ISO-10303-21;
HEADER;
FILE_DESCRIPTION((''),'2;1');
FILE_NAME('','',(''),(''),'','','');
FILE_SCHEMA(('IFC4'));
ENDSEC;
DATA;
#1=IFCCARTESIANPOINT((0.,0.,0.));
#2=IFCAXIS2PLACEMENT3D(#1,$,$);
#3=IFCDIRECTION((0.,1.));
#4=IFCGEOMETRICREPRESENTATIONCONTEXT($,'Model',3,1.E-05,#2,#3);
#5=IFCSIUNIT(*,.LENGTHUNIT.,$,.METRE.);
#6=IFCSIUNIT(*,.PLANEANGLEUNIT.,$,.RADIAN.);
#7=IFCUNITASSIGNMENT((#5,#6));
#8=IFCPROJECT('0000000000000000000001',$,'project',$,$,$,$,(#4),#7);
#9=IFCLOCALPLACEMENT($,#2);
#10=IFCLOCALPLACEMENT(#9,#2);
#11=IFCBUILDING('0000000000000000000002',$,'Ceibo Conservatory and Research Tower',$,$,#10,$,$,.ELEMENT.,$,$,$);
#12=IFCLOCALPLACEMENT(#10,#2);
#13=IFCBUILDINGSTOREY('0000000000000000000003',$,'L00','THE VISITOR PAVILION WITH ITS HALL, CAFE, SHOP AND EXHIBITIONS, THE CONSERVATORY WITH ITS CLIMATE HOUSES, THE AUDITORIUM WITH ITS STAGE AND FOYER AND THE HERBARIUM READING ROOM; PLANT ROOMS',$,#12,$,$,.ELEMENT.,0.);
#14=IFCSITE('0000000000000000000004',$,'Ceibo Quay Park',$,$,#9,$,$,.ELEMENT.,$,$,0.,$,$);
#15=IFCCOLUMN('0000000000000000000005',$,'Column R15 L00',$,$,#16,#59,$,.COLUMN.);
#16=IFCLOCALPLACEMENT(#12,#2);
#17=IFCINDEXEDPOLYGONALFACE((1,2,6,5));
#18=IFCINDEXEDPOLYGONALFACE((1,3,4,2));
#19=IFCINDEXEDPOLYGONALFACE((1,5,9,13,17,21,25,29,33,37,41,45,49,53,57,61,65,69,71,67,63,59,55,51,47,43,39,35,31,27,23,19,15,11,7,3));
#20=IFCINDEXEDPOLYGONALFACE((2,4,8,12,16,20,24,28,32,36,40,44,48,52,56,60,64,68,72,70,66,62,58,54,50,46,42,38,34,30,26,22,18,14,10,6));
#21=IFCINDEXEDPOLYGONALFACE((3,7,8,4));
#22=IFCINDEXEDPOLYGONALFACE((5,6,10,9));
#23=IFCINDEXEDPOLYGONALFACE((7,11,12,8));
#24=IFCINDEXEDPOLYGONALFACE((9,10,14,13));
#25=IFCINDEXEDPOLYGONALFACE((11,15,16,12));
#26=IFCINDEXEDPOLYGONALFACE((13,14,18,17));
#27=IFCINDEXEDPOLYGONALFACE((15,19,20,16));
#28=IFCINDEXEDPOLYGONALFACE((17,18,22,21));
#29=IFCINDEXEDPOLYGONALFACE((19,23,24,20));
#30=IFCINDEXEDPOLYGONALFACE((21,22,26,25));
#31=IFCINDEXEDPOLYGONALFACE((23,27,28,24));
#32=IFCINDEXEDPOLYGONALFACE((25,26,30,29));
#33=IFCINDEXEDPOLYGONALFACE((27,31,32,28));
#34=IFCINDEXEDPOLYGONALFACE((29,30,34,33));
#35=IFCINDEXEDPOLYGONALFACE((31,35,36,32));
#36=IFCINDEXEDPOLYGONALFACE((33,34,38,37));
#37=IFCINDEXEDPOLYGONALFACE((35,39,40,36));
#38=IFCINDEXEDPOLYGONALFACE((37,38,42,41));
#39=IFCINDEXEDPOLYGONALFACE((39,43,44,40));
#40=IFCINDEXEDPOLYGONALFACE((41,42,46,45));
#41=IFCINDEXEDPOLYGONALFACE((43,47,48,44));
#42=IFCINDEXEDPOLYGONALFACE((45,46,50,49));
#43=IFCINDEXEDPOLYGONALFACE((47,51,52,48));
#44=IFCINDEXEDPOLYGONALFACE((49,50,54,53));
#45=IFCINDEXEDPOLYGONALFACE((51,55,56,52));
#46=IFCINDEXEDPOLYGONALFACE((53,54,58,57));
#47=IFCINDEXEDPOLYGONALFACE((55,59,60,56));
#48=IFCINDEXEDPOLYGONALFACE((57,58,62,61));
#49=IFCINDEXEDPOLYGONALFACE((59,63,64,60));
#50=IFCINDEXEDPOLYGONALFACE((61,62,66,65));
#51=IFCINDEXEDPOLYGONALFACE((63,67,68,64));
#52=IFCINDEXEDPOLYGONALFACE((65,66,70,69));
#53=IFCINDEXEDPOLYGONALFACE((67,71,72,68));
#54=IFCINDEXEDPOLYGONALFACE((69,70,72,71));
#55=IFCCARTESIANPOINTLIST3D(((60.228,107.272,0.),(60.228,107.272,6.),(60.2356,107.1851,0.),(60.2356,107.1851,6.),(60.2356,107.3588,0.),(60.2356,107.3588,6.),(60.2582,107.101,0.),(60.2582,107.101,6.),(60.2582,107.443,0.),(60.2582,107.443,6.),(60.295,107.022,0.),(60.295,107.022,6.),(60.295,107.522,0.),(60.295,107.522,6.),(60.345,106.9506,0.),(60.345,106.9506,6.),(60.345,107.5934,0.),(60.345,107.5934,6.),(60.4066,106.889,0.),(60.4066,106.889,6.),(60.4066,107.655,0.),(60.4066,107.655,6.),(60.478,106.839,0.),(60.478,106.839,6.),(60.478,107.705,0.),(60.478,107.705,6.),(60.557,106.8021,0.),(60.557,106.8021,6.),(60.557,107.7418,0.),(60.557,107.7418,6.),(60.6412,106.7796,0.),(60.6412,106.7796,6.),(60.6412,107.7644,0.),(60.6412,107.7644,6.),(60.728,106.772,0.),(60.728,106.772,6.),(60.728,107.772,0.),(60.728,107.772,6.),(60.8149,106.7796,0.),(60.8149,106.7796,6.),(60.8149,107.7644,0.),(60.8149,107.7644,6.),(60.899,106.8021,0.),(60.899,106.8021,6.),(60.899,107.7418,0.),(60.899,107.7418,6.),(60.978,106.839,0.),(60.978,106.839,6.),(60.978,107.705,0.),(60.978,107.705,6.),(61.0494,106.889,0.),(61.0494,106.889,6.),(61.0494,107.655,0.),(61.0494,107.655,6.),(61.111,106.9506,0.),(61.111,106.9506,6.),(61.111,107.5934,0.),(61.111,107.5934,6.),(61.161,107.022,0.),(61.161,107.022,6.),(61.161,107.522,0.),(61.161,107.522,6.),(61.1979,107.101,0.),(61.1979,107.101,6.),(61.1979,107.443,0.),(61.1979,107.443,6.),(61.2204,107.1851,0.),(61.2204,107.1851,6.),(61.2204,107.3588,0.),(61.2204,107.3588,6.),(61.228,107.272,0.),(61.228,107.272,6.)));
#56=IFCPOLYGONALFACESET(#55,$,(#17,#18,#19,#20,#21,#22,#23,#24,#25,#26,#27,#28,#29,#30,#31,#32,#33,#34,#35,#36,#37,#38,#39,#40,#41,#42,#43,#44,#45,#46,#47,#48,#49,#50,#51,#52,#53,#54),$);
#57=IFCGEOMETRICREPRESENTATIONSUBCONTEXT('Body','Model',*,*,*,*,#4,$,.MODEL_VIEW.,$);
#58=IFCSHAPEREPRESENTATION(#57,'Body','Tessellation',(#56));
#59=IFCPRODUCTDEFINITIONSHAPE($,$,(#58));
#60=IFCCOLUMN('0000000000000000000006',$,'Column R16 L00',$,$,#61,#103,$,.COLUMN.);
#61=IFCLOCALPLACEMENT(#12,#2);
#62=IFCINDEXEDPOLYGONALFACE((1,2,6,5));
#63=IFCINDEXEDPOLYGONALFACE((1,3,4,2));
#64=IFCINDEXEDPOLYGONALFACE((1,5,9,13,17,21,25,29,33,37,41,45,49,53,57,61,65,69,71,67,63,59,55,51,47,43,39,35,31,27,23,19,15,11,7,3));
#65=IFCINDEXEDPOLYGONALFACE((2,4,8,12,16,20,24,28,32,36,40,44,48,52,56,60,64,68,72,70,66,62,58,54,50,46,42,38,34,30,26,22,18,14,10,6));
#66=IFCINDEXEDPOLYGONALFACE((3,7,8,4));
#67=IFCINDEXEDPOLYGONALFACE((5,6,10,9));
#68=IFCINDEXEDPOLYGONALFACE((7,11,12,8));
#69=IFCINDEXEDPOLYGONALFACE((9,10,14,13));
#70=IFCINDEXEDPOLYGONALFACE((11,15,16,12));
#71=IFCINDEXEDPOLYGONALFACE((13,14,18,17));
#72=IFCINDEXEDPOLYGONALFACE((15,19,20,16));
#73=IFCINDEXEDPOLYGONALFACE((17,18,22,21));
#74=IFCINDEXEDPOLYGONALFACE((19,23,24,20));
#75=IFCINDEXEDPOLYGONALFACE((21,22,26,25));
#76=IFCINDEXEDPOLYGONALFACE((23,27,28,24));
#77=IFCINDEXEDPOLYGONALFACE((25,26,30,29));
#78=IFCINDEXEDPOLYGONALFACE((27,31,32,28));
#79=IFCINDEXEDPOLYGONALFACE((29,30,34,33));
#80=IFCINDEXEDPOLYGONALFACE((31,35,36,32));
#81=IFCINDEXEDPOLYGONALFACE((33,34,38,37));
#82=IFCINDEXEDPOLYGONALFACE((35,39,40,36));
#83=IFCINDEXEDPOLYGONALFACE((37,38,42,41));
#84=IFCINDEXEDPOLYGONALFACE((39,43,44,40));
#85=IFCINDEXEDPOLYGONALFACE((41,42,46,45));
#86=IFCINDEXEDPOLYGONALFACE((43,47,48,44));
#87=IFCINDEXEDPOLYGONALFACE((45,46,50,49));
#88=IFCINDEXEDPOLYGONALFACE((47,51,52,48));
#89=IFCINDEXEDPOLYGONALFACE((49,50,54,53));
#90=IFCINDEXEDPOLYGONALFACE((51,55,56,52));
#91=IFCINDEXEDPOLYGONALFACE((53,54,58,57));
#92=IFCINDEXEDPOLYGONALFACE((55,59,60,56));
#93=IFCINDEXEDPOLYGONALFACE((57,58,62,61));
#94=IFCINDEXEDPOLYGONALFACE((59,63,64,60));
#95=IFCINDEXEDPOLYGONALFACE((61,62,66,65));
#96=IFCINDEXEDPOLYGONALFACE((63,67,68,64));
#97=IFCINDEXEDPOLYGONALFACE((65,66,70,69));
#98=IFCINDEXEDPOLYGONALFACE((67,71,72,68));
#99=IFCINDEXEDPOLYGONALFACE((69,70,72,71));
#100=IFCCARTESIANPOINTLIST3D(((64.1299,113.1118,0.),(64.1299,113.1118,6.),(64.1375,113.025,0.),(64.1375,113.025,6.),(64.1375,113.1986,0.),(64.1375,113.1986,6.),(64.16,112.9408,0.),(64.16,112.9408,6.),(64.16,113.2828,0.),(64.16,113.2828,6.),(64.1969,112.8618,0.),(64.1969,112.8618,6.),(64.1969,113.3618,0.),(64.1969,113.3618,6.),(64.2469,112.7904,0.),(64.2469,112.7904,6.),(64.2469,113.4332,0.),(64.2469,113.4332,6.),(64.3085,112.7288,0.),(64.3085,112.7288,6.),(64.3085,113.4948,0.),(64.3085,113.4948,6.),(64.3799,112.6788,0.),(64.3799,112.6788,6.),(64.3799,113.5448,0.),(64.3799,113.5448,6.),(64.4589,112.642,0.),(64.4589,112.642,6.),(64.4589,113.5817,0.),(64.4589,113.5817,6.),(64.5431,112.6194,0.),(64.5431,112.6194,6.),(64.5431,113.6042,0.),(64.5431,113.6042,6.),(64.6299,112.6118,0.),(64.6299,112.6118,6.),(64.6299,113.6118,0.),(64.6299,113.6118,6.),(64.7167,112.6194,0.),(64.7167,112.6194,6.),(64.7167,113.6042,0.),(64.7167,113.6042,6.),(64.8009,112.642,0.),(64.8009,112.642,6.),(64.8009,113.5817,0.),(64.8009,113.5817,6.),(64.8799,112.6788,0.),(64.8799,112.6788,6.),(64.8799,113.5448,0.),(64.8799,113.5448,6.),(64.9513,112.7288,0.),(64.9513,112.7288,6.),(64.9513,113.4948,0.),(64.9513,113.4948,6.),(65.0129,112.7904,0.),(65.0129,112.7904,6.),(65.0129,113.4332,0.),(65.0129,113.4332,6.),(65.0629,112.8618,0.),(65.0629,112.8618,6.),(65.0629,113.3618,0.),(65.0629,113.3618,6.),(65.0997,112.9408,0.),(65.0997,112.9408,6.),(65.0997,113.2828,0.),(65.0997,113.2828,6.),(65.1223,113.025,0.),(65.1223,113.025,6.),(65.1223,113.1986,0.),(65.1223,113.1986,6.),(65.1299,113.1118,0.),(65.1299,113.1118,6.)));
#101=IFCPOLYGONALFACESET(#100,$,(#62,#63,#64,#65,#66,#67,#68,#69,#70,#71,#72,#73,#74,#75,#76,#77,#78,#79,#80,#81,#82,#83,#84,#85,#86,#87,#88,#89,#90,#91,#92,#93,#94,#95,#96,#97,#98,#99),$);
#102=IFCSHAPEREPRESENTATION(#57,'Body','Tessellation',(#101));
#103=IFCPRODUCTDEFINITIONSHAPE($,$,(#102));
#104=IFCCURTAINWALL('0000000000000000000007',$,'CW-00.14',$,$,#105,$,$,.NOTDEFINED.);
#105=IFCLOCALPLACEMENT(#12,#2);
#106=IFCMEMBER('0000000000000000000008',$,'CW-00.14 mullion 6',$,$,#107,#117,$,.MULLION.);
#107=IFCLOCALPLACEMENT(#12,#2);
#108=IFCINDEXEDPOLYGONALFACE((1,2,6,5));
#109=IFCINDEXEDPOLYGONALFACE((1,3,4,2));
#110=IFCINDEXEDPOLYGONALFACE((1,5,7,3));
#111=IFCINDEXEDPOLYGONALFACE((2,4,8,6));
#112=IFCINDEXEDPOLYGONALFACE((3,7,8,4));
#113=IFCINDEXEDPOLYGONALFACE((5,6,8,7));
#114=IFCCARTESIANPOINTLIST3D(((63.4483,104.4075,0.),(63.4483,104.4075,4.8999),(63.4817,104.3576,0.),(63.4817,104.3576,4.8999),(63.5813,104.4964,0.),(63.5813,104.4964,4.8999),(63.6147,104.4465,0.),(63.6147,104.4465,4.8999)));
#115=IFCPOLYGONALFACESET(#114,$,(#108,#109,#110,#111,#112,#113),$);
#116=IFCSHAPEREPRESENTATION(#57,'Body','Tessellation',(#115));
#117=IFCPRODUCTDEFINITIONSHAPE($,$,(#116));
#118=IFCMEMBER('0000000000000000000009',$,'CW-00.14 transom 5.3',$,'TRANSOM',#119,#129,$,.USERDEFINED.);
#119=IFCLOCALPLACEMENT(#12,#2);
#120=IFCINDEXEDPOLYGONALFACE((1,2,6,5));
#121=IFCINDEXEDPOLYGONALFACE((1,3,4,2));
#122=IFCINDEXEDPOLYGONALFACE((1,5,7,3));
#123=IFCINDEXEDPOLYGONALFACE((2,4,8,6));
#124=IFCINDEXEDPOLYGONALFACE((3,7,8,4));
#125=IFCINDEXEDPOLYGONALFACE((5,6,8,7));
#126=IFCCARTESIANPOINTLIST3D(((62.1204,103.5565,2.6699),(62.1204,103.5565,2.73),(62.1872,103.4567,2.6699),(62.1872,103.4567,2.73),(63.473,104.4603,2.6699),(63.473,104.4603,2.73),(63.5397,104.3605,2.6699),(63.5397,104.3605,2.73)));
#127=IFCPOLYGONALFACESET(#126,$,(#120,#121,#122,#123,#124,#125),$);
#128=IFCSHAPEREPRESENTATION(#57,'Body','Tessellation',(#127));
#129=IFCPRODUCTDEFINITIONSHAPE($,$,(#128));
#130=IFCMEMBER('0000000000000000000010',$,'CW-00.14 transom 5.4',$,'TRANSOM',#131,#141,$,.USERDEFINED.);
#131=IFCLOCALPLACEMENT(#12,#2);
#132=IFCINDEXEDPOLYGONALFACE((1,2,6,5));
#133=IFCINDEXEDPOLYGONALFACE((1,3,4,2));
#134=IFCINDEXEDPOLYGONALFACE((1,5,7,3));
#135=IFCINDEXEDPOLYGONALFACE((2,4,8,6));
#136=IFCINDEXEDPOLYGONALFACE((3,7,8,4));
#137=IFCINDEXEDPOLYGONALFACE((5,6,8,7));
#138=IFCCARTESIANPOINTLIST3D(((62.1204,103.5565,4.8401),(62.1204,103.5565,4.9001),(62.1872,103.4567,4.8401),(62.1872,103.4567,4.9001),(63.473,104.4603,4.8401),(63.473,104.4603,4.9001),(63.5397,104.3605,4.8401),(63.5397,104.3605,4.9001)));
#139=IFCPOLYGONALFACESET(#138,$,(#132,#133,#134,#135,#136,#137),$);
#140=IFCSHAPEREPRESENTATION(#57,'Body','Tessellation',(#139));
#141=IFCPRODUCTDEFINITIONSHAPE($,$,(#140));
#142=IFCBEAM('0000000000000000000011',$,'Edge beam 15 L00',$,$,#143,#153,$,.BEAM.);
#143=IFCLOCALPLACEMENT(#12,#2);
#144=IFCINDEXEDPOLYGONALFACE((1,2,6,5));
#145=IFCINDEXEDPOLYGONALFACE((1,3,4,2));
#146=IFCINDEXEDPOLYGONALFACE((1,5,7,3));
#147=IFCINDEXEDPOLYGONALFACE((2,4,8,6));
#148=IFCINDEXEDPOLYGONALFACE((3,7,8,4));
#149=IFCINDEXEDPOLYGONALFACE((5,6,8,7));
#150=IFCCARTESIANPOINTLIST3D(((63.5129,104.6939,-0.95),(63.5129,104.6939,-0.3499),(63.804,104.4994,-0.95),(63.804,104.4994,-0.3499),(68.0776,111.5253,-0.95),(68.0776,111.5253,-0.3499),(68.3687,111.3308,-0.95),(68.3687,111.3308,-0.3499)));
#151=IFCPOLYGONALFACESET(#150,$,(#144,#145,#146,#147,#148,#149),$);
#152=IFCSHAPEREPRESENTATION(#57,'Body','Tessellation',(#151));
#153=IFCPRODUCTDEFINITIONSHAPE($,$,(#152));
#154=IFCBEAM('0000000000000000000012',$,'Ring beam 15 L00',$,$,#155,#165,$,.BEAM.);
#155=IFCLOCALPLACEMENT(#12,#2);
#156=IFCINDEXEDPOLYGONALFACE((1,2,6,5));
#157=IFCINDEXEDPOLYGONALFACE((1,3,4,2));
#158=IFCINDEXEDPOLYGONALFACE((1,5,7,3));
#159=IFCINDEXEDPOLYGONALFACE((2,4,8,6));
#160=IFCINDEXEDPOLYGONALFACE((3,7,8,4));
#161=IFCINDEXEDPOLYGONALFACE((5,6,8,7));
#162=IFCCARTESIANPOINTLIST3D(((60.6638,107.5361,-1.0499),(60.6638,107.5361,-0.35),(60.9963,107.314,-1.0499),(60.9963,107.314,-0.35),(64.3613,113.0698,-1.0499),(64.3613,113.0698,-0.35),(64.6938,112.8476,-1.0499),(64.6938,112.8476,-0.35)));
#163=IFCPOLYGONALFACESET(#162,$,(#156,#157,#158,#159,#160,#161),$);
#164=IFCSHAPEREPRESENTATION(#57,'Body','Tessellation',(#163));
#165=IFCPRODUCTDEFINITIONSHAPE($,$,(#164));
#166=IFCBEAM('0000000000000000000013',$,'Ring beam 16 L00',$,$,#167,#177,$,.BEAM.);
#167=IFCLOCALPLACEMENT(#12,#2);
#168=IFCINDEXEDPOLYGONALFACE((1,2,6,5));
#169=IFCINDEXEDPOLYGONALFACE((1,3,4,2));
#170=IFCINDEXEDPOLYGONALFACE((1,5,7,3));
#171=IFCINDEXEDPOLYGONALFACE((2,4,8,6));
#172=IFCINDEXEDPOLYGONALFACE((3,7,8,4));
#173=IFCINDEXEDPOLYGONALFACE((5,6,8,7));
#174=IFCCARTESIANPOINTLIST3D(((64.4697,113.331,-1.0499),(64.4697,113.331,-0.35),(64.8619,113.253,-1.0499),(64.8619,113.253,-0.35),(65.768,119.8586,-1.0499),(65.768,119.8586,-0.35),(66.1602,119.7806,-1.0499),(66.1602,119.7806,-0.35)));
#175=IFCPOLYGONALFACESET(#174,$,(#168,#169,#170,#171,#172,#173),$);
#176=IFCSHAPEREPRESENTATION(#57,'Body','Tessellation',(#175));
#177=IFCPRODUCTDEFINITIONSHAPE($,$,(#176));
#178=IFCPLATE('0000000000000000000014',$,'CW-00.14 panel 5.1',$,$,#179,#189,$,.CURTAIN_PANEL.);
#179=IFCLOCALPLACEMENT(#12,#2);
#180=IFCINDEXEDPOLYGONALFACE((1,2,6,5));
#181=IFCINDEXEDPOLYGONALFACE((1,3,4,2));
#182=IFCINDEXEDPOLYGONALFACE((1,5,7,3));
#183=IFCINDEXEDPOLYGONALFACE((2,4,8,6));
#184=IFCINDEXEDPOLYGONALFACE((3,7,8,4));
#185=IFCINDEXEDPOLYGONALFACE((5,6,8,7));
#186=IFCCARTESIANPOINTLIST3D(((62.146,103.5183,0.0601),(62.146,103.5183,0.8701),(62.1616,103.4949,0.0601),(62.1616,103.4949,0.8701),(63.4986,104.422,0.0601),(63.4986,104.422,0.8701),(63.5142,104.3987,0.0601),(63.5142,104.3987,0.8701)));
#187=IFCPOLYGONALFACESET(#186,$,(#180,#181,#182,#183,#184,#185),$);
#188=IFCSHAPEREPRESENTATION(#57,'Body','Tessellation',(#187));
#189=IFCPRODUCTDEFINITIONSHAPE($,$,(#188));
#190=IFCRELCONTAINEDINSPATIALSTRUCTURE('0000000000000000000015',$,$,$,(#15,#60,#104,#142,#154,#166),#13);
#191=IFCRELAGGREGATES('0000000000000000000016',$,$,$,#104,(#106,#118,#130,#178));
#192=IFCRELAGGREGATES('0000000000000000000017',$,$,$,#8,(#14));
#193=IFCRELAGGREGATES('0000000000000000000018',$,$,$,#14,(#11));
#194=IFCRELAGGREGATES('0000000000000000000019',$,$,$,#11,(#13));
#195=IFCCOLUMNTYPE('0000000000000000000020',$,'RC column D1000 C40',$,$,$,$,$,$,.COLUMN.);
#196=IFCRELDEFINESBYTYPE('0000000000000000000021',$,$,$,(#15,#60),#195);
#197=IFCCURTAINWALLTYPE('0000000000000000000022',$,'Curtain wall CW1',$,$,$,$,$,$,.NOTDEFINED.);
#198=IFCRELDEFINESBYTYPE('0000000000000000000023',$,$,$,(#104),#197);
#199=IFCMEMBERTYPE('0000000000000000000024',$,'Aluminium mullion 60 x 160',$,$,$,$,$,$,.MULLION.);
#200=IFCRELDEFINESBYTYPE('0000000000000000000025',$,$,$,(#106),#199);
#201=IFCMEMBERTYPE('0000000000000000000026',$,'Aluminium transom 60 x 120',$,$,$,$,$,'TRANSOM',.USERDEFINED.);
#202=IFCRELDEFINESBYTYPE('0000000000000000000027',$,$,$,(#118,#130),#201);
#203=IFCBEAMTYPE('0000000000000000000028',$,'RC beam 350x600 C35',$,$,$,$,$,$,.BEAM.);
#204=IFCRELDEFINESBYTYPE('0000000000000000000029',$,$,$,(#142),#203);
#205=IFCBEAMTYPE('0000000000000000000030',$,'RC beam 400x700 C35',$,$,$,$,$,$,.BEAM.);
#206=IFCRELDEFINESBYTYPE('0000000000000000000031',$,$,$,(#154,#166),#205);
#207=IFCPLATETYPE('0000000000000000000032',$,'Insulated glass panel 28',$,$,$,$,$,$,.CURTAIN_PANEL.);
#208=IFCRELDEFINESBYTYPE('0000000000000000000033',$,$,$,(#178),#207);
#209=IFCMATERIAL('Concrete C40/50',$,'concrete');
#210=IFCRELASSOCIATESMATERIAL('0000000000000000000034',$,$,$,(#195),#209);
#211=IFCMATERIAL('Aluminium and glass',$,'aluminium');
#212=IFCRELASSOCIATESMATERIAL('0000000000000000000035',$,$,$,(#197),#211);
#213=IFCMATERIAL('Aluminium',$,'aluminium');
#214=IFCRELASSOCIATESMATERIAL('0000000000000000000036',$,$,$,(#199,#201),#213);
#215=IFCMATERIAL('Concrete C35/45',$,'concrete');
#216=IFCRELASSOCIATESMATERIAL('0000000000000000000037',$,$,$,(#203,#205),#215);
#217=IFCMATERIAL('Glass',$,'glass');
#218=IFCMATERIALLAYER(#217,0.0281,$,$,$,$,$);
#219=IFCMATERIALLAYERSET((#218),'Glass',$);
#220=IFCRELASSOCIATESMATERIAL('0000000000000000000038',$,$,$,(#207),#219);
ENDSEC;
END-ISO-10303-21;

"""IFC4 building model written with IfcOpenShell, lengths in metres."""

from ifc_helpers import new_model, si_unit, direction, frame, origin, origin_2d, place, context, subcontext, project, spatial, rectangle, circle, extrude, material, layer, layer_set, material_profile, profile_set, type_object, element, aggregate, save


model = new_model("IFC4")

# Units and contexts
model_context = context("Model", 3, precision=1e-05, world=origin(), true_north=direction((0.0, 1.0)))
body_context = subcontext(model_context, "Body", "Model", "MODEL_VIEW")
ifc_project = project(units=[si_unit("LENGTHUNIT", "METRE"), si_unit("PLANEANGLEUNIT", "RADIAN")], contexts=[model_context])

# Site, building, storey
site_placement = place(None, origin())
site = spatial("IfcSite", under=ifc_project, at=site_placement, Name="Ceibo Quay Park", CompositionType="ELEMENT", RefElevation=0.0)
building_placement = place(site_placement, origin())
building = spatial("IfcBuilding", under=site, at=building_placement, Name="Ceibo Conservatory and Research Tower", CompositionType="ELEMENT")
storey_placement = place(building_placement, origin())
storey = spatial("IfcBuildingStorey", under=building, at=storey_placement, Name="L00", Description="THE VISITOR PAVILION WITH ITS HALL, CAFE, SHOP AND EXHIBITIONS, THE CONSERVATORY WITH ITS CLIMATE HOUSES, THE AUDITORIUM WITH ITS STAGE AND FOYER AND THE HERBARIUM READING ROOM; PLANT ROOMS", CompositionType="ELEMENT", Elevation=0.0)

# Columns
ifc_material_1 = material(Name="Concrete C40/50", Category="concrete")
ifc_material_profile_1 = material_profile(ifc_material_1, circle(Radius=0.5, at=origin_2d()), Name="RC D1000")
ifc_profile_set_1 = profile_set([ifc_material_profile_1], Name="Concrete C40/50")
column_type = type_object("IfcColumnType", Name="RC column D1000 C40", PredefinedType="COLUMN", material=ifc_profile_set_1)
for number, where, z_axis, x_axis, name in (
    (1, (60.728, 107.272, 0.0), (0.0, 0.0, 1.0), (1.0, 0.0, 0.0), "Column R15 L00"),
    (2, (64.6299, 113.1118, 0.0), (0.0, 0.0, 1.0), (1.0, 0.0, 0.0), "Column R16 L00"),
):
    element("IfcColumn", number, at=place(storey_placement, frame(where, z_axis=z_axis, x_axis=x_axis)), inside=storey, type_object=column_type, Name=name, PredefinedType="COLUMN", context=body_context, shape_type="SweptSolid", body=[
        extrude(circle(Radius=0.5, at=origin_2d()), origin(), (0.0, 0.0, 1.0), 6.0),
    ])

# Curtain wall, members
ifc_material_2 = material(Name="Aluminium and glass", Category="aluminium")
curtain_wall_type = type_object("IfcCurtainWallType", Name="Curtain wall CW1", PredefinedType="NOTDEFINED", material=ifc_material_2)
curtain_wall_placement = place(storey_placement, origin())
curtain_wall = element("IfcCurtainWall", 3, at=curtain_wall_placement, inside=storey, type_object=curtain_wall_type, Name="CW-00.14", PredefinedType="NOTDEFINED")
ifc_material_3 = material(Name="Aluminium", Category="aluminium")
ifc_material_profile_2 = material_profile(ifc_material_3, rectangle(XDim=0.0601, YDim=0.1599, at=origin_2d()), Name="Aluminium 60 x 160")
ifc_profile_set_2 = profile_set([ifc_material_profile_2], Name="Aluminium")
member_type_1 = type_object("IfcMemberType", Name="Aluminium mullion 60 x 160", PredefinedType="MULLION", material=ifc_profile_set_2)
member_1_placement = place(storey_placement, frame((63.5315, 104.427, 0.0), z_axis=(0.0, 0.0, 1.0), x_axis=(-0.55557, 0.83147, 0.0)))
member_1 = element("IfcMember", 4, at=member_1_placement, type_object=member_type_1, Name="CW-00.14 mullion 6", PredefinedType="MULLION", context=body_context, shape_type="SweptSolid", body=[
    extrude(rectangle(XDim=0.0601, YDim=0.1599, at=origin_2d()), origin(), (0.0, 0.0, 1.0), 4.8999),
])
ifc_material_profile_3 = material_profile(ifc_material_3, rectangle(XDim=0.1201, YDim=0.0601, at=origin_2d()), Name="Aluminium 60 x 120")
ifc_profile_set_3 = profile_set([ifc_material_profile_3], Name="Aluminium")
member_type_2 = type_object("IfcMemberType", Name="Aluminium transom 60 x 120", ElementType="TRANSOM", PredefinedType="USERDEFINED", material=ifc_profile_set_3)
member_2_placement = place(storey_placement, frame((62.1538, 103.5066, 2.7), z_axis=(0.831449, 0.5556, 0.0), x_axis=(-0.5556, 0.831449, 0.0)))
member_2 = element("IfcMember", 5, at=member_2_placement, type_object=member_type_2, Name="CW-00.14 transom 5.3", ObjectType="TRANSOM", PredefinedType="USERDEFINED", context=body_context, shape_type="SweptSolid", body=[
    extrude(rectangle(XDim=0.1201, YDim=0.0601, at=origin_2d()), origin(), (0.0, 0.0, 1.0), 1.6267),
])
member_3_placement = place(storey_placement, frame((62.1538, 103.5066, 4.8701), z_axis=(0.831449, 0.5556, 0.0), x_axis=(-0.5556, 0.831449, 0.0)))
member_3 = element("IfcMember", 6, at=member_3_placement, type_object=member_type_2, Name="CW-00.14 transom 5.4", ObjectType="TRANSOM", PredefinedType="USERDEFINED", context=body_context, shape_type="SweptSolid", body=[
    extrude(rectangle(XDim=0.1201, YDim=0.0601, at=origin_2d()), origin(), (0.0, 0.0, 1.0), 1.6267),
])

# Beams
ifc_material_4 = material(Name="Concrete C35/45", Category="concrete")
ifc_material_profile_4 = material_profile(ifc_material_4, rectangle(XDim=0.3501, YDim=0.6001, at=origin_2d()), Name="RC 350x600")
ifc_profile_set_4 = profile_set([ifc_material_profile_4], Name="Concrete C35/45")
beam_type_1 = type_object("IfcBeamType", Name="RC beam 350x600 C35", PredefinedType="BEAM", material=ifc_profile_set_4)
beam_1_placement = place(storey_placement, frame((63.6584, 104.5967, -0.6499), z_axis=(0.555584, 0.83146, 0.0), x_axis=(-0.83146, 0.555584, 0.0)))
element("IfcBeam", 7, at=beam_1_placement, inside=storey, type_object=beam_type_1, Name="Edge beam 15 L00", PredefinedType="BEAM", context=body_context, shape_type="SweptSolid", body=[
    extrude(rectangle(XDim=0.3501, YDim=0.6001, at=origin_2d()), origin(), (0.0, 0.0, 1.0), 8.2161),
])
ifc_material_profile_5 = material_profile(ifc_material_4, rectangle(XDim=0.3999, YDim=0.7, at=origin_2d()), Name="RC 400x700")
ifc_profile_set_5 = profile_set([ifc_material_profile_5], Name="Concrete C35/45")
beam_type_2 = type_object("IfcBeamType", Name="RC beam 400x700 C35", PredefinedType="BEAM", material=ifc_profile_set_5)
beam_2_placement = place(storey_placement, frame((60.8301, 107.425, -0.7), z_axis=(0.555572, 0.831469, 0.0), x_axis=(-0.831469, 0.555572, 0.0)))
element("IfcBeam", 8, at=beam_2_placement, inside=storey, type_object=beam_type_2, Name="Ring beam 15 L00", PredefinedType="BEAM", context=body_context, shape_type="SweptSolid", body=[
    extrude(rectangle(XDim=0.3999, YDim=0.7, at=origin_2d()), origin(), (0.0, 0.0, 1.0), 6.6553),
])
beam_3_placement = place(storey_placement, frame((64.6658, 113.292, -0.7), z_axis=(0.195079, 0.980788, 0.0), x_axis=(-0.980788, 0.195079, 0.0)))
element("IfcBeam", 9, at=beam_3_placement, inside=storey, type_object=beam_type_2, Name="Ring beam 16 L00", PredefinedType="BEAM", context=body_context, shape_type="SweptSolid", body=[
    extrude(rectangle(XDim=0.3999, YDim=0.7, at=origin_2d()), origin(), (0.0, 0.0, 1.0), 6.6555),
])

# Plate
ifc_material_5 = material(Name="Glass", Category="glass")
ifc_layer_1 = layer(ifc_material_5, 0.0281)
ifc_layer_set_1 = layer_set([ifc_layer_1], Name="Glass")
plate_type = type_object("IfcPlateType", Name="Insulated glass panel 28", PredefinedType="CURTAIN_PANEL", material=ifc_layer_set_1)
plate_1_placement = place(storey_placement, frame((62.8301, 103.9585, 0.0601), z_axis=(0.0, 0.0, 1.0), x_axis=(0.83147, 0.55557, 0.0)))
plate_1 = element("IfcPlate", 10, at=plate_1_placement, type_object=plate_type, Name="CW-00.14 panel 5.1", PredefinedType="CURTAIN_PANEL", context=body_context, shape_type="SweptSolid", body=[
    extrude(rectangle(XDim=1.6267, YDim=0.0281, at=origin_2d()), origin(), (0.0, 0.0, 1.0), 0.8101),
])
aggregate(curtain_wall, [member_1, member_2, member_3, plate_1])

save(model, "model.ifc")
